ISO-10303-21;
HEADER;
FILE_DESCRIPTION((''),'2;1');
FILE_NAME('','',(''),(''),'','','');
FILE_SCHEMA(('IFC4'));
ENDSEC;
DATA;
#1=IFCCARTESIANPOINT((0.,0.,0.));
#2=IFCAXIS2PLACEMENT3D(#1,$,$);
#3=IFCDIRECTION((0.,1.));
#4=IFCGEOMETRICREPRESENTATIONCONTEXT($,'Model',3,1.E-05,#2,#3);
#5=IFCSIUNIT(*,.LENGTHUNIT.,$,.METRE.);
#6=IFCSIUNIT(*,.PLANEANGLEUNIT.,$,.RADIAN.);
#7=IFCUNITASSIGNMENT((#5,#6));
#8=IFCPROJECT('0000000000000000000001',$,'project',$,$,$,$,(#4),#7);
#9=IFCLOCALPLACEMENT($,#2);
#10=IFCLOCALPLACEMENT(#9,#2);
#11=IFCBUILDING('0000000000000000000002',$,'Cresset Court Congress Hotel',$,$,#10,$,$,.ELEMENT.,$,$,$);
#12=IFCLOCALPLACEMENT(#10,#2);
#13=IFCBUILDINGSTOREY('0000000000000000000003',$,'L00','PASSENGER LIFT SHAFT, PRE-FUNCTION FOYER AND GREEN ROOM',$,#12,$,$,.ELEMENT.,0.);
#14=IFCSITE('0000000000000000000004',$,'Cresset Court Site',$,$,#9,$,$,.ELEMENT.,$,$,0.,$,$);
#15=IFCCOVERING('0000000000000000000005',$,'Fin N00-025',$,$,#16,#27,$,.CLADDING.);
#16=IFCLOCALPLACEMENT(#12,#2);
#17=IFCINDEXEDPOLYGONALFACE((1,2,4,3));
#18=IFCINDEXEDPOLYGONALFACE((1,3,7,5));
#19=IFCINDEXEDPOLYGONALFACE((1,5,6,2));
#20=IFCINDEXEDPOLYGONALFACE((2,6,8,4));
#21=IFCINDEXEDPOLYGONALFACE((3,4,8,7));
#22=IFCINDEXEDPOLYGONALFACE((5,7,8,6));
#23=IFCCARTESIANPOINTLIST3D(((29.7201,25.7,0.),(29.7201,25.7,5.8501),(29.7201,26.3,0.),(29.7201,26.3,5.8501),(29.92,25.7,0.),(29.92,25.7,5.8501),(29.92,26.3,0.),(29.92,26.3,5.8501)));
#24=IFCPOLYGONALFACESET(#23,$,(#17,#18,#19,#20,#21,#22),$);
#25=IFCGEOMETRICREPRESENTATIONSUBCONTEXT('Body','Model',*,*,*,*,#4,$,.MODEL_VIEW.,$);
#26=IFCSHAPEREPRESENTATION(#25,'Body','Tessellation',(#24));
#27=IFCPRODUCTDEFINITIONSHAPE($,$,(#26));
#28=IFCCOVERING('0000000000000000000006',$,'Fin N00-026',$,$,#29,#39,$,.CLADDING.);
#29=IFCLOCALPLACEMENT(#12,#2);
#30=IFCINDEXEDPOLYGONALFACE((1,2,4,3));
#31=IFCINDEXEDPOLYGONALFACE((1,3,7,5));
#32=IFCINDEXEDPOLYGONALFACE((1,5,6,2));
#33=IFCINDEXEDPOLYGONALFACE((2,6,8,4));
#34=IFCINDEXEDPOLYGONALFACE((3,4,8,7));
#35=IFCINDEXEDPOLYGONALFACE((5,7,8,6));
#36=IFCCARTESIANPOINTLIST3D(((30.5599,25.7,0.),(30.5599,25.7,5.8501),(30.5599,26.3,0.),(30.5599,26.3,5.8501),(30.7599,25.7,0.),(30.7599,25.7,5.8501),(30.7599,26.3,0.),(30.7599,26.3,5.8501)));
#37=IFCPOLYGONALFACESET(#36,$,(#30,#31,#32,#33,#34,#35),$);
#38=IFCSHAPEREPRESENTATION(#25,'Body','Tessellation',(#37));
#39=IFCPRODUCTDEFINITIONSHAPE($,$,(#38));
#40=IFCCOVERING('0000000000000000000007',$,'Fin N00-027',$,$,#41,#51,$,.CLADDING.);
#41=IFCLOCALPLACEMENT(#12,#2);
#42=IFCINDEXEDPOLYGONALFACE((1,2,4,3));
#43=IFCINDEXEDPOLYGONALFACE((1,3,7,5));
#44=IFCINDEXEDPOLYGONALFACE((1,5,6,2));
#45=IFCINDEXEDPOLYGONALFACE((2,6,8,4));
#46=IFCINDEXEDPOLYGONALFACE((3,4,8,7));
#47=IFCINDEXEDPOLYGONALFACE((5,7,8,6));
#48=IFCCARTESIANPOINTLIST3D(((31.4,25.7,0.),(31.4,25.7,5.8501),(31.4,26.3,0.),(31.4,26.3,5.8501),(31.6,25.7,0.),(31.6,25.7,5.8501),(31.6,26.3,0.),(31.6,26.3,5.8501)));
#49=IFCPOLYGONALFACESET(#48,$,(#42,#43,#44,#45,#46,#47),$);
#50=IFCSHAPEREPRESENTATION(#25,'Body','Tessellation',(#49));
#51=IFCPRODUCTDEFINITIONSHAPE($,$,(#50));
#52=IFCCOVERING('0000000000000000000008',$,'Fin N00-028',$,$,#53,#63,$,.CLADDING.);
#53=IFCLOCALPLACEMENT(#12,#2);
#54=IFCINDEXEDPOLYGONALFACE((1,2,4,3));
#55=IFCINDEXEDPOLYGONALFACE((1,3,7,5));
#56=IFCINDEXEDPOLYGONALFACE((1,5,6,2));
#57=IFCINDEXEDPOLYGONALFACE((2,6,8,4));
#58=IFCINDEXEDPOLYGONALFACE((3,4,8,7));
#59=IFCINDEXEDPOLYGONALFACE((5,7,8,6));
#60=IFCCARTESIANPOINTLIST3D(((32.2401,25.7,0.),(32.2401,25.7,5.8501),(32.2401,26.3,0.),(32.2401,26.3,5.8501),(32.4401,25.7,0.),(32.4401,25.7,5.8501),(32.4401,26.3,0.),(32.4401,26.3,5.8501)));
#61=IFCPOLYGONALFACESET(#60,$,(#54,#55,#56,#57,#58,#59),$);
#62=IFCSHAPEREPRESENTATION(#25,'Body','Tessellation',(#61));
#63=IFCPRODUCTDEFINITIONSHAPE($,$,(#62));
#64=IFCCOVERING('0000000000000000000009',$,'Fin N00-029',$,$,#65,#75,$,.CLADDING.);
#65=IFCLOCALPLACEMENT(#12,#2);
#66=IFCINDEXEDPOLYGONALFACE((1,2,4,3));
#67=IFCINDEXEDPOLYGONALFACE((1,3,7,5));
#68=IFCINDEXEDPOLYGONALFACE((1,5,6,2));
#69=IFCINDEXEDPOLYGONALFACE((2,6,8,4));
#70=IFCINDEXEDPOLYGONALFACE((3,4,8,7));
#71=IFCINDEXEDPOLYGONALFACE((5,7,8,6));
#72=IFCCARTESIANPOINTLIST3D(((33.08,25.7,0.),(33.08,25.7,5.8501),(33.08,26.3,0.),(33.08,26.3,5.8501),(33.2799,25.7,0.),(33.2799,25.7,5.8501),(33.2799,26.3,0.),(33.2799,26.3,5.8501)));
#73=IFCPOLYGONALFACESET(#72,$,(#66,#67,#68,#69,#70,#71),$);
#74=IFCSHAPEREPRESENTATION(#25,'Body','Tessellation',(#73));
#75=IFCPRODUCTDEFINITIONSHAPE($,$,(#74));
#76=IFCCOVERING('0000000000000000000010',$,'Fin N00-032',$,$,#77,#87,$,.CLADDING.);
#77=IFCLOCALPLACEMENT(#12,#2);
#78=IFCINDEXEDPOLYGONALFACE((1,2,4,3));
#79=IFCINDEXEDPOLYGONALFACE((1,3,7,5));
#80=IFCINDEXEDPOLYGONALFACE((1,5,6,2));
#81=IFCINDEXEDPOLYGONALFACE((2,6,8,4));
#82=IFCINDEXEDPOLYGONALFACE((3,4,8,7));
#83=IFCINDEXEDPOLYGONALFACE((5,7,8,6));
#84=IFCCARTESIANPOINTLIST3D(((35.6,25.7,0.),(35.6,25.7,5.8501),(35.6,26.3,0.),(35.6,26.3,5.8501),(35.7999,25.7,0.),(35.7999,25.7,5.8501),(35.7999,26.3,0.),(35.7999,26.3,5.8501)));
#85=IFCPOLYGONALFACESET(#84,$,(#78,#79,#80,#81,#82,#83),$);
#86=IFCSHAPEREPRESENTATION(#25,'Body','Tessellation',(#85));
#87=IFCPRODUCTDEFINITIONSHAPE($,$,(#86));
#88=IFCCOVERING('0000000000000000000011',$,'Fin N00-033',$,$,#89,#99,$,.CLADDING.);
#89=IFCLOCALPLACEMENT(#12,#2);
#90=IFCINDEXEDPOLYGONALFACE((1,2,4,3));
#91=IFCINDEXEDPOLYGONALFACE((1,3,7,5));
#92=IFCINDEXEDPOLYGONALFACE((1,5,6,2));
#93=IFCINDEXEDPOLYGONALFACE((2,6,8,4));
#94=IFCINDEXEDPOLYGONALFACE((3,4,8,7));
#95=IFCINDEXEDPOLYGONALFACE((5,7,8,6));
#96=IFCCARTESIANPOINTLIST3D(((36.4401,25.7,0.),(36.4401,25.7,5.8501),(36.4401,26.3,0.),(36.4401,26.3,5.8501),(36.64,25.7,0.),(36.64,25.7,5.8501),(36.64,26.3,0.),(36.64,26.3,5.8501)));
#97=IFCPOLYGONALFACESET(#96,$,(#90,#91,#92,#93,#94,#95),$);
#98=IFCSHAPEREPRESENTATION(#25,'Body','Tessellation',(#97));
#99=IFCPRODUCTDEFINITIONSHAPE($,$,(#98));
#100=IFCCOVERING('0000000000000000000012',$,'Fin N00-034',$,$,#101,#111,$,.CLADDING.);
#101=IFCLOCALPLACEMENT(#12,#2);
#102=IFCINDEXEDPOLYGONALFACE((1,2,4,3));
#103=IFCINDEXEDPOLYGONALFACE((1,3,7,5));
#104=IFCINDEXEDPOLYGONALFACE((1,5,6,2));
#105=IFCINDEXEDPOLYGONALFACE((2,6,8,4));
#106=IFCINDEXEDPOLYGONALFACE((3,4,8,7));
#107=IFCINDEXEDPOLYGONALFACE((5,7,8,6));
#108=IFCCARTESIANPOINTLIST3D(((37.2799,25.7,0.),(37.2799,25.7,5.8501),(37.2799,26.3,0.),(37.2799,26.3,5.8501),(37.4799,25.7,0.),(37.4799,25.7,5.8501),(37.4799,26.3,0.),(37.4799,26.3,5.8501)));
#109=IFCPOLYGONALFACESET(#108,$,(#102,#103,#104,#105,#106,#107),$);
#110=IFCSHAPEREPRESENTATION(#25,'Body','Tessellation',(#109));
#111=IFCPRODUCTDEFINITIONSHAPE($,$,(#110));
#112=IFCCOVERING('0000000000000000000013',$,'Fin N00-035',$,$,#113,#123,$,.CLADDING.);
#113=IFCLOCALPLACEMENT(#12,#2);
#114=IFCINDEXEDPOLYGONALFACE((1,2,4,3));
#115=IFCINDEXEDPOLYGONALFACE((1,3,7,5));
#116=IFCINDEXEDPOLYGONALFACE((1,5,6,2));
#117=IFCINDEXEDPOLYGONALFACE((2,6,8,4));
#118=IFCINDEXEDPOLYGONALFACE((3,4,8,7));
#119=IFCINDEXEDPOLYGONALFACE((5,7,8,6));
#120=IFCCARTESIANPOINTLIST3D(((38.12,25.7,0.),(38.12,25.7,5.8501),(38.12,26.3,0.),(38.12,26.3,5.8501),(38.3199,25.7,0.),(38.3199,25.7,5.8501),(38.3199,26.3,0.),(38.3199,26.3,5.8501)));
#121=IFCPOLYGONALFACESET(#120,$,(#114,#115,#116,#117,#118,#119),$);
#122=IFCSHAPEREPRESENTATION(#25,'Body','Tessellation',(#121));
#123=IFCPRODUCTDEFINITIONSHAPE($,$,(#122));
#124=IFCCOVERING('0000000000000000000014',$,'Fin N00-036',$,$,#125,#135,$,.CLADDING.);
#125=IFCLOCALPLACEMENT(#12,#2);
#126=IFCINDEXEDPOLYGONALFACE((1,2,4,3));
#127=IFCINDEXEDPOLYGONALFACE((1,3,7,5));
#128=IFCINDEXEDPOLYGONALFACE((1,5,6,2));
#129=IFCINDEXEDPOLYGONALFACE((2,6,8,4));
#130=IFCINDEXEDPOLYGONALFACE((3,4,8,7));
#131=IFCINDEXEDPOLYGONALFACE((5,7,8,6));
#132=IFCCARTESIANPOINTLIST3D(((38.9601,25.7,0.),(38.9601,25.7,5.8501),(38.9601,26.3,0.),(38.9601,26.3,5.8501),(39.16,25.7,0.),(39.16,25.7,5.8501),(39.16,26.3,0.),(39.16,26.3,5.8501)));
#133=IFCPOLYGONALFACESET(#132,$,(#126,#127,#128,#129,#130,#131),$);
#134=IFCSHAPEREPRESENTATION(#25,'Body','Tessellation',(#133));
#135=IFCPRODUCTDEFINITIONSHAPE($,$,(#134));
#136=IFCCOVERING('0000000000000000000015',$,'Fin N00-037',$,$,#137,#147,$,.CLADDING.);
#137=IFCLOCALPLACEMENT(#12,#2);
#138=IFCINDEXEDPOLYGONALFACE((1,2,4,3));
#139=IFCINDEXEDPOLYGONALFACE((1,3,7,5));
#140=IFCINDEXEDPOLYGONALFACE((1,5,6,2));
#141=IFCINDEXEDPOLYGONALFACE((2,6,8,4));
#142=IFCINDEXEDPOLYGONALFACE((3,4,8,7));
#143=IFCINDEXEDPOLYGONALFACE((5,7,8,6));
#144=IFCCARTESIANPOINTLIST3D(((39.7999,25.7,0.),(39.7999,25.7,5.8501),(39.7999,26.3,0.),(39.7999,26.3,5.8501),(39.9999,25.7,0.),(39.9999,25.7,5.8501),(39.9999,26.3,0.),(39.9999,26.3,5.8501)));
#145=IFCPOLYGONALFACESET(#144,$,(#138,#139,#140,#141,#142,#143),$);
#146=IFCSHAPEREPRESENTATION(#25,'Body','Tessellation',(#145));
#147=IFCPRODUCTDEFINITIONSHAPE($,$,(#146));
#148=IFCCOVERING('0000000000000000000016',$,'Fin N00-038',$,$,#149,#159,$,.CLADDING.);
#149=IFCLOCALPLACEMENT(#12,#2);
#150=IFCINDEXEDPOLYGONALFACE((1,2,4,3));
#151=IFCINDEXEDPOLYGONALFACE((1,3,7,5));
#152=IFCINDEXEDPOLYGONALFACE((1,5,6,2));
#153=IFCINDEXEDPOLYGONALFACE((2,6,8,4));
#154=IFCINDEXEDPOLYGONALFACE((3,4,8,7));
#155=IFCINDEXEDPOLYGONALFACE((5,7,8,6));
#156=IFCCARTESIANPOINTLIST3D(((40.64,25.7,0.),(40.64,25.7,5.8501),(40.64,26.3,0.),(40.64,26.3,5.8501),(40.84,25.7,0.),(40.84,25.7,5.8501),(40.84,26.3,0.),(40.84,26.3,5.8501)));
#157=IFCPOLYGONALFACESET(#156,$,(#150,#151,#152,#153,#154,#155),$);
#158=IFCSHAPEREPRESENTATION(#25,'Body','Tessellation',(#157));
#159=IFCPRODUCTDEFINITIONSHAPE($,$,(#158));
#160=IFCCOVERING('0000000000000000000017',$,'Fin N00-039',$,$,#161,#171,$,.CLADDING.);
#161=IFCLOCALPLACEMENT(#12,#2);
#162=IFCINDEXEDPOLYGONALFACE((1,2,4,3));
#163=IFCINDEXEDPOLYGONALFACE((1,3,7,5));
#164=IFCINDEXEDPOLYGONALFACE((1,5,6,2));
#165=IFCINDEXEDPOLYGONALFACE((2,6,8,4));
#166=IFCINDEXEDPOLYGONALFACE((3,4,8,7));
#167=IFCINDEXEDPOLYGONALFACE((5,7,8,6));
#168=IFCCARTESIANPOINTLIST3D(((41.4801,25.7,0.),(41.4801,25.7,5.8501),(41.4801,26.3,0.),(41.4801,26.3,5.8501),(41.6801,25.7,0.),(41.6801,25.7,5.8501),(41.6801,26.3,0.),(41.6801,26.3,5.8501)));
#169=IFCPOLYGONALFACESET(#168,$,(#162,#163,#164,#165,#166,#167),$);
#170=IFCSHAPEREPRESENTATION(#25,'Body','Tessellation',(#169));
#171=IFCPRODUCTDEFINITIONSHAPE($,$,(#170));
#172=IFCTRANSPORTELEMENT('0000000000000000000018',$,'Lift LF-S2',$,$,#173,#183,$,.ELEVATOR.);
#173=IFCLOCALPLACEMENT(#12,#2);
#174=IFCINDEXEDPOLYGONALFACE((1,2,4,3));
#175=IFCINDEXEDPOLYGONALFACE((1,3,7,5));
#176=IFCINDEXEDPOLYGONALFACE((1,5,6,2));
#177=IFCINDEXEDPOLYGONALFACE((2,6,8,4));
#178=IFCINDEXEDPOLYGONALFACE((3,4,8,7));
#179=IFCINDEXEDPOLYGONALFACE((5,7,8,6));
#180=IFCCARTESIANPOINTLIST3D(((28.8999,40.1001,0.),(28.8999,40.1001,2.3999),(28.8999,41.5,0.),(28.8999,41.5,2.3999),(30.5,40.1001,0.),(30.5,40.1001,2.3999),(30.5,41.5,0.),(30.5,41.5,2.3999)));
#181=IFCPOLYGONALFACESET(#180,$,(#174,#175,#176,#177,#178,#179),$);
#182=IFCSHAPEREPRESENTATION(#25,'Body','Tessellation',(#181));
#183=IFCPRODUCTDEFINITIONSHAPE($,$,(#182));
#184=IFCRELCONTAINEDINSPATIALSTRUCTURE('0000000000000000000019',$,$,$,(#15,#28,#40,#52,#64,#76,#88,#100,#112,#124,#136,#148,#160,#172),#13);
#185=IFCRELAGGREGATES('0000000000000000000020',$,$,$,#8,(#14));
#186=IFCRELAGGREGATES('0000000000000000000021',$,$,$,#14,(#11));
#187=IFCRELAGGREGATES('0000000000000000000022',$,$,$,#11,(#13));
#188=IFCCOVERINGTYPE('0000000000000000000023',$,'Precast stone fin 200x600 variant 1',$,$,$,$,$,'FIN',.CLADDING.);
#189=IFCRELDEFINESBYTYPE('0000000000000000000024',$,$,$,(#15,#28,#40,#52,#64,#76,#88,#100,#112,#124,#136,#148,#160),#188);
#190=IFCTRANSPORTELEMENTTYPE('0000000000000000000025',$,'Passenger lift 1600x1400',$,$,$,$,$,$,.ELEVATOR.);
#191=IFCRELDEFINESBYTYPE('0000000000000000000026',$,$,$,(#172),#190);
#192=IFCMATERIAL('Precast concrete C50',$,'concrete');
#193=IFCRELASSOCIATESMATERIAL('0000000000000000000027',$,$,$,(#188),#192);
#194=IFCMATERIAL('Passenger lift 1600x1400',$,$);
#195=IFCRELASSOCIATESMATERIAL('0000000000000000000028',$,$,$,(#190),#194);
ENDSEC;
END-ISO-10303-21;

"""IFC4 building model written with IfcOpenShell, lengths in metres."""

from ifc_helpers import new_model, si_unit, direction, frame, origin, origin_2d, place, context, subcontext, project, spatial, rectangle, extrude, material, type_object, element, save


model = new_model("IFC4")

# Units and contexts
model_context = context("Model", 3, precision=1e-05, world=origin(), true_north=direction((0.0, 1.0)))
body_context = subcontext(model_context, "Body", "Model", "MODEL_VIEW")
ifc_project = project(units=[si_unit("LENGTHUNIT", "METRE"), si_unit("PLANEANGLEUNIT", "RADIAN")], contexts=[model_context])

# Site, building, storey
site_placement = place(None, origin())
site = spatial("IfcSite", under=ifc_project, at=site_placement, Name="Cresset Court Site", CompositionType="ELEMENT", RefElevation=0.0)
building_placement = place(site_placement, origin())
building = spatial("IfcBuilding", under=site, at=building_placement, Name="Cresset Court Congress Hotel", CompositionType="ELEMENT")
storey_placement = place(building_placement, origin())
storey = spatial("IfcBuildingStorey", under=building, at=storey_placement, Name="L00", Description="PASSENGER LIFT SHAFT, PRE-FUNCTION FOYER AND GREEN ROOM", CompositionType="ELEMENT", Elevation=0.0)

# Coverings
ifc_material_1 = material(Name="Precast concrete C50", Category="concrete")
covering_type = type_object("IfcCoveringType", Name="Precast stone fin 200x600 variant 1", ElementType="FIN", PredefinedType="CLADDING", material=ifc_material_1)
for number, where, z_axis, x_axis, name in (
    (1, (29.8201, 26.0, 0.0), (0.0, 0.0, 1.0), (1.0, 0.0, 0.0), "Fin N00-025"),
    (2, (30.6599, 26.0, 0.0), (0.0, 0.0, 1.0), (1.0, 0.0, 0.0), "Fin N00-026"),
    (3, (31.5, 26.0, 0.0), (0.0, 0.0, 1.0), (1.0, 0.0, 0.0), "Fin N00-027"),
    (4, (32.3401, 26.0, 0.0), (0.0, 0.0, 1.0), (1.0, 0.0, 0.0), "Fin N00-028"),
    (5, (33.1799, 26.0, 0.0), (0.0, 0.0, 1.0), (1.0, 0.0, 0.0), "Fin N00-029"),
    (6, (35.7, 26.0, 0.0), (0.0, 0.0, 1.0), (1.0, 0.0, 0.0), "Fin N00-032"),
    (7, (36.54, 26.0, 0.0), (0.0, 0.0, 1.0), (1.0, 0.0, 0.0), "Fin N00-033"),
    (8, (37.3799, 26.0, 0.0), (0.0, 0.0, 1.0), (1.0, 0.0, 0.0), "Fin N00-034"),
    (9, (38.22, 26.0, 0.0), (0.0, 0.0, 1.0), (1.0, 0.0, 0.0), "Fin N00-035"),
    (10, (39.0601, 26.0, 0.0), (0.0, 0.0, 1.0), (1.0, 0.0, 0.0), "Fin N00-036"),
    (11, (39.8999, 26.0, 0.0), (0.0, 0.0, 1.0), (1.0, 0.0, 0.0), "Fin N00-037"),
    (12, (40.74, 26.0, 0.0), (0.0, 0.0, 1.0), (1.0, 0.0, 0.0), "Fin N00-038"),
    (13, (41.5801, 26.0, 0.0), (0.0, 0.0, 1.0), (1.0, 0.0, 0.0), "Fin N00-039"),
):
    element("IfcCovering", number, at=place(storey_placement, frame(where, z_axis=z_axis, x_axis=x_axis)), inside=storey, type_object=covering_type, Name=name, PredefinedType="CLADDING", context=body_context, shape_type="SweptSolid", body=[
        extrude(rectangle(XDim=0.2, YDim=0.6001, at=origin_2d()), origin(), (0.0, 0.0, 1.0), 5.8501),
    ])

# Transport element
ifc_material_2 = material(Name="Passenger lift 1600x1400")
transport_element_type = type_object("IfcTransportElementType", Name="Passenger lift 1600x1400", PredefinedType="ELEVATOR", material=ifc_material_2)
transport_element_placement = place(storey_placement, frame((29.7, 40.8, 0.0), z_axis=(0.0, 0.0, 1.0), x_axis=(1.0, 0.0, 0.0)))
element("IfcTransportElement", 14, at=transport_element_placement, inside=storey, type_object=transport_element_type, Name="Lift LF-S2", PredefinedType="ELEVATOR", context=body_context, shape_type="SweptSolid", body=[
    extrude(rectangle(XDim=1.6001, YDim=1.3999, at=origin_2d()), origin(), (0.0, 0.0, 1.0), 2.3999),
])

save(model, "model.ifc")
